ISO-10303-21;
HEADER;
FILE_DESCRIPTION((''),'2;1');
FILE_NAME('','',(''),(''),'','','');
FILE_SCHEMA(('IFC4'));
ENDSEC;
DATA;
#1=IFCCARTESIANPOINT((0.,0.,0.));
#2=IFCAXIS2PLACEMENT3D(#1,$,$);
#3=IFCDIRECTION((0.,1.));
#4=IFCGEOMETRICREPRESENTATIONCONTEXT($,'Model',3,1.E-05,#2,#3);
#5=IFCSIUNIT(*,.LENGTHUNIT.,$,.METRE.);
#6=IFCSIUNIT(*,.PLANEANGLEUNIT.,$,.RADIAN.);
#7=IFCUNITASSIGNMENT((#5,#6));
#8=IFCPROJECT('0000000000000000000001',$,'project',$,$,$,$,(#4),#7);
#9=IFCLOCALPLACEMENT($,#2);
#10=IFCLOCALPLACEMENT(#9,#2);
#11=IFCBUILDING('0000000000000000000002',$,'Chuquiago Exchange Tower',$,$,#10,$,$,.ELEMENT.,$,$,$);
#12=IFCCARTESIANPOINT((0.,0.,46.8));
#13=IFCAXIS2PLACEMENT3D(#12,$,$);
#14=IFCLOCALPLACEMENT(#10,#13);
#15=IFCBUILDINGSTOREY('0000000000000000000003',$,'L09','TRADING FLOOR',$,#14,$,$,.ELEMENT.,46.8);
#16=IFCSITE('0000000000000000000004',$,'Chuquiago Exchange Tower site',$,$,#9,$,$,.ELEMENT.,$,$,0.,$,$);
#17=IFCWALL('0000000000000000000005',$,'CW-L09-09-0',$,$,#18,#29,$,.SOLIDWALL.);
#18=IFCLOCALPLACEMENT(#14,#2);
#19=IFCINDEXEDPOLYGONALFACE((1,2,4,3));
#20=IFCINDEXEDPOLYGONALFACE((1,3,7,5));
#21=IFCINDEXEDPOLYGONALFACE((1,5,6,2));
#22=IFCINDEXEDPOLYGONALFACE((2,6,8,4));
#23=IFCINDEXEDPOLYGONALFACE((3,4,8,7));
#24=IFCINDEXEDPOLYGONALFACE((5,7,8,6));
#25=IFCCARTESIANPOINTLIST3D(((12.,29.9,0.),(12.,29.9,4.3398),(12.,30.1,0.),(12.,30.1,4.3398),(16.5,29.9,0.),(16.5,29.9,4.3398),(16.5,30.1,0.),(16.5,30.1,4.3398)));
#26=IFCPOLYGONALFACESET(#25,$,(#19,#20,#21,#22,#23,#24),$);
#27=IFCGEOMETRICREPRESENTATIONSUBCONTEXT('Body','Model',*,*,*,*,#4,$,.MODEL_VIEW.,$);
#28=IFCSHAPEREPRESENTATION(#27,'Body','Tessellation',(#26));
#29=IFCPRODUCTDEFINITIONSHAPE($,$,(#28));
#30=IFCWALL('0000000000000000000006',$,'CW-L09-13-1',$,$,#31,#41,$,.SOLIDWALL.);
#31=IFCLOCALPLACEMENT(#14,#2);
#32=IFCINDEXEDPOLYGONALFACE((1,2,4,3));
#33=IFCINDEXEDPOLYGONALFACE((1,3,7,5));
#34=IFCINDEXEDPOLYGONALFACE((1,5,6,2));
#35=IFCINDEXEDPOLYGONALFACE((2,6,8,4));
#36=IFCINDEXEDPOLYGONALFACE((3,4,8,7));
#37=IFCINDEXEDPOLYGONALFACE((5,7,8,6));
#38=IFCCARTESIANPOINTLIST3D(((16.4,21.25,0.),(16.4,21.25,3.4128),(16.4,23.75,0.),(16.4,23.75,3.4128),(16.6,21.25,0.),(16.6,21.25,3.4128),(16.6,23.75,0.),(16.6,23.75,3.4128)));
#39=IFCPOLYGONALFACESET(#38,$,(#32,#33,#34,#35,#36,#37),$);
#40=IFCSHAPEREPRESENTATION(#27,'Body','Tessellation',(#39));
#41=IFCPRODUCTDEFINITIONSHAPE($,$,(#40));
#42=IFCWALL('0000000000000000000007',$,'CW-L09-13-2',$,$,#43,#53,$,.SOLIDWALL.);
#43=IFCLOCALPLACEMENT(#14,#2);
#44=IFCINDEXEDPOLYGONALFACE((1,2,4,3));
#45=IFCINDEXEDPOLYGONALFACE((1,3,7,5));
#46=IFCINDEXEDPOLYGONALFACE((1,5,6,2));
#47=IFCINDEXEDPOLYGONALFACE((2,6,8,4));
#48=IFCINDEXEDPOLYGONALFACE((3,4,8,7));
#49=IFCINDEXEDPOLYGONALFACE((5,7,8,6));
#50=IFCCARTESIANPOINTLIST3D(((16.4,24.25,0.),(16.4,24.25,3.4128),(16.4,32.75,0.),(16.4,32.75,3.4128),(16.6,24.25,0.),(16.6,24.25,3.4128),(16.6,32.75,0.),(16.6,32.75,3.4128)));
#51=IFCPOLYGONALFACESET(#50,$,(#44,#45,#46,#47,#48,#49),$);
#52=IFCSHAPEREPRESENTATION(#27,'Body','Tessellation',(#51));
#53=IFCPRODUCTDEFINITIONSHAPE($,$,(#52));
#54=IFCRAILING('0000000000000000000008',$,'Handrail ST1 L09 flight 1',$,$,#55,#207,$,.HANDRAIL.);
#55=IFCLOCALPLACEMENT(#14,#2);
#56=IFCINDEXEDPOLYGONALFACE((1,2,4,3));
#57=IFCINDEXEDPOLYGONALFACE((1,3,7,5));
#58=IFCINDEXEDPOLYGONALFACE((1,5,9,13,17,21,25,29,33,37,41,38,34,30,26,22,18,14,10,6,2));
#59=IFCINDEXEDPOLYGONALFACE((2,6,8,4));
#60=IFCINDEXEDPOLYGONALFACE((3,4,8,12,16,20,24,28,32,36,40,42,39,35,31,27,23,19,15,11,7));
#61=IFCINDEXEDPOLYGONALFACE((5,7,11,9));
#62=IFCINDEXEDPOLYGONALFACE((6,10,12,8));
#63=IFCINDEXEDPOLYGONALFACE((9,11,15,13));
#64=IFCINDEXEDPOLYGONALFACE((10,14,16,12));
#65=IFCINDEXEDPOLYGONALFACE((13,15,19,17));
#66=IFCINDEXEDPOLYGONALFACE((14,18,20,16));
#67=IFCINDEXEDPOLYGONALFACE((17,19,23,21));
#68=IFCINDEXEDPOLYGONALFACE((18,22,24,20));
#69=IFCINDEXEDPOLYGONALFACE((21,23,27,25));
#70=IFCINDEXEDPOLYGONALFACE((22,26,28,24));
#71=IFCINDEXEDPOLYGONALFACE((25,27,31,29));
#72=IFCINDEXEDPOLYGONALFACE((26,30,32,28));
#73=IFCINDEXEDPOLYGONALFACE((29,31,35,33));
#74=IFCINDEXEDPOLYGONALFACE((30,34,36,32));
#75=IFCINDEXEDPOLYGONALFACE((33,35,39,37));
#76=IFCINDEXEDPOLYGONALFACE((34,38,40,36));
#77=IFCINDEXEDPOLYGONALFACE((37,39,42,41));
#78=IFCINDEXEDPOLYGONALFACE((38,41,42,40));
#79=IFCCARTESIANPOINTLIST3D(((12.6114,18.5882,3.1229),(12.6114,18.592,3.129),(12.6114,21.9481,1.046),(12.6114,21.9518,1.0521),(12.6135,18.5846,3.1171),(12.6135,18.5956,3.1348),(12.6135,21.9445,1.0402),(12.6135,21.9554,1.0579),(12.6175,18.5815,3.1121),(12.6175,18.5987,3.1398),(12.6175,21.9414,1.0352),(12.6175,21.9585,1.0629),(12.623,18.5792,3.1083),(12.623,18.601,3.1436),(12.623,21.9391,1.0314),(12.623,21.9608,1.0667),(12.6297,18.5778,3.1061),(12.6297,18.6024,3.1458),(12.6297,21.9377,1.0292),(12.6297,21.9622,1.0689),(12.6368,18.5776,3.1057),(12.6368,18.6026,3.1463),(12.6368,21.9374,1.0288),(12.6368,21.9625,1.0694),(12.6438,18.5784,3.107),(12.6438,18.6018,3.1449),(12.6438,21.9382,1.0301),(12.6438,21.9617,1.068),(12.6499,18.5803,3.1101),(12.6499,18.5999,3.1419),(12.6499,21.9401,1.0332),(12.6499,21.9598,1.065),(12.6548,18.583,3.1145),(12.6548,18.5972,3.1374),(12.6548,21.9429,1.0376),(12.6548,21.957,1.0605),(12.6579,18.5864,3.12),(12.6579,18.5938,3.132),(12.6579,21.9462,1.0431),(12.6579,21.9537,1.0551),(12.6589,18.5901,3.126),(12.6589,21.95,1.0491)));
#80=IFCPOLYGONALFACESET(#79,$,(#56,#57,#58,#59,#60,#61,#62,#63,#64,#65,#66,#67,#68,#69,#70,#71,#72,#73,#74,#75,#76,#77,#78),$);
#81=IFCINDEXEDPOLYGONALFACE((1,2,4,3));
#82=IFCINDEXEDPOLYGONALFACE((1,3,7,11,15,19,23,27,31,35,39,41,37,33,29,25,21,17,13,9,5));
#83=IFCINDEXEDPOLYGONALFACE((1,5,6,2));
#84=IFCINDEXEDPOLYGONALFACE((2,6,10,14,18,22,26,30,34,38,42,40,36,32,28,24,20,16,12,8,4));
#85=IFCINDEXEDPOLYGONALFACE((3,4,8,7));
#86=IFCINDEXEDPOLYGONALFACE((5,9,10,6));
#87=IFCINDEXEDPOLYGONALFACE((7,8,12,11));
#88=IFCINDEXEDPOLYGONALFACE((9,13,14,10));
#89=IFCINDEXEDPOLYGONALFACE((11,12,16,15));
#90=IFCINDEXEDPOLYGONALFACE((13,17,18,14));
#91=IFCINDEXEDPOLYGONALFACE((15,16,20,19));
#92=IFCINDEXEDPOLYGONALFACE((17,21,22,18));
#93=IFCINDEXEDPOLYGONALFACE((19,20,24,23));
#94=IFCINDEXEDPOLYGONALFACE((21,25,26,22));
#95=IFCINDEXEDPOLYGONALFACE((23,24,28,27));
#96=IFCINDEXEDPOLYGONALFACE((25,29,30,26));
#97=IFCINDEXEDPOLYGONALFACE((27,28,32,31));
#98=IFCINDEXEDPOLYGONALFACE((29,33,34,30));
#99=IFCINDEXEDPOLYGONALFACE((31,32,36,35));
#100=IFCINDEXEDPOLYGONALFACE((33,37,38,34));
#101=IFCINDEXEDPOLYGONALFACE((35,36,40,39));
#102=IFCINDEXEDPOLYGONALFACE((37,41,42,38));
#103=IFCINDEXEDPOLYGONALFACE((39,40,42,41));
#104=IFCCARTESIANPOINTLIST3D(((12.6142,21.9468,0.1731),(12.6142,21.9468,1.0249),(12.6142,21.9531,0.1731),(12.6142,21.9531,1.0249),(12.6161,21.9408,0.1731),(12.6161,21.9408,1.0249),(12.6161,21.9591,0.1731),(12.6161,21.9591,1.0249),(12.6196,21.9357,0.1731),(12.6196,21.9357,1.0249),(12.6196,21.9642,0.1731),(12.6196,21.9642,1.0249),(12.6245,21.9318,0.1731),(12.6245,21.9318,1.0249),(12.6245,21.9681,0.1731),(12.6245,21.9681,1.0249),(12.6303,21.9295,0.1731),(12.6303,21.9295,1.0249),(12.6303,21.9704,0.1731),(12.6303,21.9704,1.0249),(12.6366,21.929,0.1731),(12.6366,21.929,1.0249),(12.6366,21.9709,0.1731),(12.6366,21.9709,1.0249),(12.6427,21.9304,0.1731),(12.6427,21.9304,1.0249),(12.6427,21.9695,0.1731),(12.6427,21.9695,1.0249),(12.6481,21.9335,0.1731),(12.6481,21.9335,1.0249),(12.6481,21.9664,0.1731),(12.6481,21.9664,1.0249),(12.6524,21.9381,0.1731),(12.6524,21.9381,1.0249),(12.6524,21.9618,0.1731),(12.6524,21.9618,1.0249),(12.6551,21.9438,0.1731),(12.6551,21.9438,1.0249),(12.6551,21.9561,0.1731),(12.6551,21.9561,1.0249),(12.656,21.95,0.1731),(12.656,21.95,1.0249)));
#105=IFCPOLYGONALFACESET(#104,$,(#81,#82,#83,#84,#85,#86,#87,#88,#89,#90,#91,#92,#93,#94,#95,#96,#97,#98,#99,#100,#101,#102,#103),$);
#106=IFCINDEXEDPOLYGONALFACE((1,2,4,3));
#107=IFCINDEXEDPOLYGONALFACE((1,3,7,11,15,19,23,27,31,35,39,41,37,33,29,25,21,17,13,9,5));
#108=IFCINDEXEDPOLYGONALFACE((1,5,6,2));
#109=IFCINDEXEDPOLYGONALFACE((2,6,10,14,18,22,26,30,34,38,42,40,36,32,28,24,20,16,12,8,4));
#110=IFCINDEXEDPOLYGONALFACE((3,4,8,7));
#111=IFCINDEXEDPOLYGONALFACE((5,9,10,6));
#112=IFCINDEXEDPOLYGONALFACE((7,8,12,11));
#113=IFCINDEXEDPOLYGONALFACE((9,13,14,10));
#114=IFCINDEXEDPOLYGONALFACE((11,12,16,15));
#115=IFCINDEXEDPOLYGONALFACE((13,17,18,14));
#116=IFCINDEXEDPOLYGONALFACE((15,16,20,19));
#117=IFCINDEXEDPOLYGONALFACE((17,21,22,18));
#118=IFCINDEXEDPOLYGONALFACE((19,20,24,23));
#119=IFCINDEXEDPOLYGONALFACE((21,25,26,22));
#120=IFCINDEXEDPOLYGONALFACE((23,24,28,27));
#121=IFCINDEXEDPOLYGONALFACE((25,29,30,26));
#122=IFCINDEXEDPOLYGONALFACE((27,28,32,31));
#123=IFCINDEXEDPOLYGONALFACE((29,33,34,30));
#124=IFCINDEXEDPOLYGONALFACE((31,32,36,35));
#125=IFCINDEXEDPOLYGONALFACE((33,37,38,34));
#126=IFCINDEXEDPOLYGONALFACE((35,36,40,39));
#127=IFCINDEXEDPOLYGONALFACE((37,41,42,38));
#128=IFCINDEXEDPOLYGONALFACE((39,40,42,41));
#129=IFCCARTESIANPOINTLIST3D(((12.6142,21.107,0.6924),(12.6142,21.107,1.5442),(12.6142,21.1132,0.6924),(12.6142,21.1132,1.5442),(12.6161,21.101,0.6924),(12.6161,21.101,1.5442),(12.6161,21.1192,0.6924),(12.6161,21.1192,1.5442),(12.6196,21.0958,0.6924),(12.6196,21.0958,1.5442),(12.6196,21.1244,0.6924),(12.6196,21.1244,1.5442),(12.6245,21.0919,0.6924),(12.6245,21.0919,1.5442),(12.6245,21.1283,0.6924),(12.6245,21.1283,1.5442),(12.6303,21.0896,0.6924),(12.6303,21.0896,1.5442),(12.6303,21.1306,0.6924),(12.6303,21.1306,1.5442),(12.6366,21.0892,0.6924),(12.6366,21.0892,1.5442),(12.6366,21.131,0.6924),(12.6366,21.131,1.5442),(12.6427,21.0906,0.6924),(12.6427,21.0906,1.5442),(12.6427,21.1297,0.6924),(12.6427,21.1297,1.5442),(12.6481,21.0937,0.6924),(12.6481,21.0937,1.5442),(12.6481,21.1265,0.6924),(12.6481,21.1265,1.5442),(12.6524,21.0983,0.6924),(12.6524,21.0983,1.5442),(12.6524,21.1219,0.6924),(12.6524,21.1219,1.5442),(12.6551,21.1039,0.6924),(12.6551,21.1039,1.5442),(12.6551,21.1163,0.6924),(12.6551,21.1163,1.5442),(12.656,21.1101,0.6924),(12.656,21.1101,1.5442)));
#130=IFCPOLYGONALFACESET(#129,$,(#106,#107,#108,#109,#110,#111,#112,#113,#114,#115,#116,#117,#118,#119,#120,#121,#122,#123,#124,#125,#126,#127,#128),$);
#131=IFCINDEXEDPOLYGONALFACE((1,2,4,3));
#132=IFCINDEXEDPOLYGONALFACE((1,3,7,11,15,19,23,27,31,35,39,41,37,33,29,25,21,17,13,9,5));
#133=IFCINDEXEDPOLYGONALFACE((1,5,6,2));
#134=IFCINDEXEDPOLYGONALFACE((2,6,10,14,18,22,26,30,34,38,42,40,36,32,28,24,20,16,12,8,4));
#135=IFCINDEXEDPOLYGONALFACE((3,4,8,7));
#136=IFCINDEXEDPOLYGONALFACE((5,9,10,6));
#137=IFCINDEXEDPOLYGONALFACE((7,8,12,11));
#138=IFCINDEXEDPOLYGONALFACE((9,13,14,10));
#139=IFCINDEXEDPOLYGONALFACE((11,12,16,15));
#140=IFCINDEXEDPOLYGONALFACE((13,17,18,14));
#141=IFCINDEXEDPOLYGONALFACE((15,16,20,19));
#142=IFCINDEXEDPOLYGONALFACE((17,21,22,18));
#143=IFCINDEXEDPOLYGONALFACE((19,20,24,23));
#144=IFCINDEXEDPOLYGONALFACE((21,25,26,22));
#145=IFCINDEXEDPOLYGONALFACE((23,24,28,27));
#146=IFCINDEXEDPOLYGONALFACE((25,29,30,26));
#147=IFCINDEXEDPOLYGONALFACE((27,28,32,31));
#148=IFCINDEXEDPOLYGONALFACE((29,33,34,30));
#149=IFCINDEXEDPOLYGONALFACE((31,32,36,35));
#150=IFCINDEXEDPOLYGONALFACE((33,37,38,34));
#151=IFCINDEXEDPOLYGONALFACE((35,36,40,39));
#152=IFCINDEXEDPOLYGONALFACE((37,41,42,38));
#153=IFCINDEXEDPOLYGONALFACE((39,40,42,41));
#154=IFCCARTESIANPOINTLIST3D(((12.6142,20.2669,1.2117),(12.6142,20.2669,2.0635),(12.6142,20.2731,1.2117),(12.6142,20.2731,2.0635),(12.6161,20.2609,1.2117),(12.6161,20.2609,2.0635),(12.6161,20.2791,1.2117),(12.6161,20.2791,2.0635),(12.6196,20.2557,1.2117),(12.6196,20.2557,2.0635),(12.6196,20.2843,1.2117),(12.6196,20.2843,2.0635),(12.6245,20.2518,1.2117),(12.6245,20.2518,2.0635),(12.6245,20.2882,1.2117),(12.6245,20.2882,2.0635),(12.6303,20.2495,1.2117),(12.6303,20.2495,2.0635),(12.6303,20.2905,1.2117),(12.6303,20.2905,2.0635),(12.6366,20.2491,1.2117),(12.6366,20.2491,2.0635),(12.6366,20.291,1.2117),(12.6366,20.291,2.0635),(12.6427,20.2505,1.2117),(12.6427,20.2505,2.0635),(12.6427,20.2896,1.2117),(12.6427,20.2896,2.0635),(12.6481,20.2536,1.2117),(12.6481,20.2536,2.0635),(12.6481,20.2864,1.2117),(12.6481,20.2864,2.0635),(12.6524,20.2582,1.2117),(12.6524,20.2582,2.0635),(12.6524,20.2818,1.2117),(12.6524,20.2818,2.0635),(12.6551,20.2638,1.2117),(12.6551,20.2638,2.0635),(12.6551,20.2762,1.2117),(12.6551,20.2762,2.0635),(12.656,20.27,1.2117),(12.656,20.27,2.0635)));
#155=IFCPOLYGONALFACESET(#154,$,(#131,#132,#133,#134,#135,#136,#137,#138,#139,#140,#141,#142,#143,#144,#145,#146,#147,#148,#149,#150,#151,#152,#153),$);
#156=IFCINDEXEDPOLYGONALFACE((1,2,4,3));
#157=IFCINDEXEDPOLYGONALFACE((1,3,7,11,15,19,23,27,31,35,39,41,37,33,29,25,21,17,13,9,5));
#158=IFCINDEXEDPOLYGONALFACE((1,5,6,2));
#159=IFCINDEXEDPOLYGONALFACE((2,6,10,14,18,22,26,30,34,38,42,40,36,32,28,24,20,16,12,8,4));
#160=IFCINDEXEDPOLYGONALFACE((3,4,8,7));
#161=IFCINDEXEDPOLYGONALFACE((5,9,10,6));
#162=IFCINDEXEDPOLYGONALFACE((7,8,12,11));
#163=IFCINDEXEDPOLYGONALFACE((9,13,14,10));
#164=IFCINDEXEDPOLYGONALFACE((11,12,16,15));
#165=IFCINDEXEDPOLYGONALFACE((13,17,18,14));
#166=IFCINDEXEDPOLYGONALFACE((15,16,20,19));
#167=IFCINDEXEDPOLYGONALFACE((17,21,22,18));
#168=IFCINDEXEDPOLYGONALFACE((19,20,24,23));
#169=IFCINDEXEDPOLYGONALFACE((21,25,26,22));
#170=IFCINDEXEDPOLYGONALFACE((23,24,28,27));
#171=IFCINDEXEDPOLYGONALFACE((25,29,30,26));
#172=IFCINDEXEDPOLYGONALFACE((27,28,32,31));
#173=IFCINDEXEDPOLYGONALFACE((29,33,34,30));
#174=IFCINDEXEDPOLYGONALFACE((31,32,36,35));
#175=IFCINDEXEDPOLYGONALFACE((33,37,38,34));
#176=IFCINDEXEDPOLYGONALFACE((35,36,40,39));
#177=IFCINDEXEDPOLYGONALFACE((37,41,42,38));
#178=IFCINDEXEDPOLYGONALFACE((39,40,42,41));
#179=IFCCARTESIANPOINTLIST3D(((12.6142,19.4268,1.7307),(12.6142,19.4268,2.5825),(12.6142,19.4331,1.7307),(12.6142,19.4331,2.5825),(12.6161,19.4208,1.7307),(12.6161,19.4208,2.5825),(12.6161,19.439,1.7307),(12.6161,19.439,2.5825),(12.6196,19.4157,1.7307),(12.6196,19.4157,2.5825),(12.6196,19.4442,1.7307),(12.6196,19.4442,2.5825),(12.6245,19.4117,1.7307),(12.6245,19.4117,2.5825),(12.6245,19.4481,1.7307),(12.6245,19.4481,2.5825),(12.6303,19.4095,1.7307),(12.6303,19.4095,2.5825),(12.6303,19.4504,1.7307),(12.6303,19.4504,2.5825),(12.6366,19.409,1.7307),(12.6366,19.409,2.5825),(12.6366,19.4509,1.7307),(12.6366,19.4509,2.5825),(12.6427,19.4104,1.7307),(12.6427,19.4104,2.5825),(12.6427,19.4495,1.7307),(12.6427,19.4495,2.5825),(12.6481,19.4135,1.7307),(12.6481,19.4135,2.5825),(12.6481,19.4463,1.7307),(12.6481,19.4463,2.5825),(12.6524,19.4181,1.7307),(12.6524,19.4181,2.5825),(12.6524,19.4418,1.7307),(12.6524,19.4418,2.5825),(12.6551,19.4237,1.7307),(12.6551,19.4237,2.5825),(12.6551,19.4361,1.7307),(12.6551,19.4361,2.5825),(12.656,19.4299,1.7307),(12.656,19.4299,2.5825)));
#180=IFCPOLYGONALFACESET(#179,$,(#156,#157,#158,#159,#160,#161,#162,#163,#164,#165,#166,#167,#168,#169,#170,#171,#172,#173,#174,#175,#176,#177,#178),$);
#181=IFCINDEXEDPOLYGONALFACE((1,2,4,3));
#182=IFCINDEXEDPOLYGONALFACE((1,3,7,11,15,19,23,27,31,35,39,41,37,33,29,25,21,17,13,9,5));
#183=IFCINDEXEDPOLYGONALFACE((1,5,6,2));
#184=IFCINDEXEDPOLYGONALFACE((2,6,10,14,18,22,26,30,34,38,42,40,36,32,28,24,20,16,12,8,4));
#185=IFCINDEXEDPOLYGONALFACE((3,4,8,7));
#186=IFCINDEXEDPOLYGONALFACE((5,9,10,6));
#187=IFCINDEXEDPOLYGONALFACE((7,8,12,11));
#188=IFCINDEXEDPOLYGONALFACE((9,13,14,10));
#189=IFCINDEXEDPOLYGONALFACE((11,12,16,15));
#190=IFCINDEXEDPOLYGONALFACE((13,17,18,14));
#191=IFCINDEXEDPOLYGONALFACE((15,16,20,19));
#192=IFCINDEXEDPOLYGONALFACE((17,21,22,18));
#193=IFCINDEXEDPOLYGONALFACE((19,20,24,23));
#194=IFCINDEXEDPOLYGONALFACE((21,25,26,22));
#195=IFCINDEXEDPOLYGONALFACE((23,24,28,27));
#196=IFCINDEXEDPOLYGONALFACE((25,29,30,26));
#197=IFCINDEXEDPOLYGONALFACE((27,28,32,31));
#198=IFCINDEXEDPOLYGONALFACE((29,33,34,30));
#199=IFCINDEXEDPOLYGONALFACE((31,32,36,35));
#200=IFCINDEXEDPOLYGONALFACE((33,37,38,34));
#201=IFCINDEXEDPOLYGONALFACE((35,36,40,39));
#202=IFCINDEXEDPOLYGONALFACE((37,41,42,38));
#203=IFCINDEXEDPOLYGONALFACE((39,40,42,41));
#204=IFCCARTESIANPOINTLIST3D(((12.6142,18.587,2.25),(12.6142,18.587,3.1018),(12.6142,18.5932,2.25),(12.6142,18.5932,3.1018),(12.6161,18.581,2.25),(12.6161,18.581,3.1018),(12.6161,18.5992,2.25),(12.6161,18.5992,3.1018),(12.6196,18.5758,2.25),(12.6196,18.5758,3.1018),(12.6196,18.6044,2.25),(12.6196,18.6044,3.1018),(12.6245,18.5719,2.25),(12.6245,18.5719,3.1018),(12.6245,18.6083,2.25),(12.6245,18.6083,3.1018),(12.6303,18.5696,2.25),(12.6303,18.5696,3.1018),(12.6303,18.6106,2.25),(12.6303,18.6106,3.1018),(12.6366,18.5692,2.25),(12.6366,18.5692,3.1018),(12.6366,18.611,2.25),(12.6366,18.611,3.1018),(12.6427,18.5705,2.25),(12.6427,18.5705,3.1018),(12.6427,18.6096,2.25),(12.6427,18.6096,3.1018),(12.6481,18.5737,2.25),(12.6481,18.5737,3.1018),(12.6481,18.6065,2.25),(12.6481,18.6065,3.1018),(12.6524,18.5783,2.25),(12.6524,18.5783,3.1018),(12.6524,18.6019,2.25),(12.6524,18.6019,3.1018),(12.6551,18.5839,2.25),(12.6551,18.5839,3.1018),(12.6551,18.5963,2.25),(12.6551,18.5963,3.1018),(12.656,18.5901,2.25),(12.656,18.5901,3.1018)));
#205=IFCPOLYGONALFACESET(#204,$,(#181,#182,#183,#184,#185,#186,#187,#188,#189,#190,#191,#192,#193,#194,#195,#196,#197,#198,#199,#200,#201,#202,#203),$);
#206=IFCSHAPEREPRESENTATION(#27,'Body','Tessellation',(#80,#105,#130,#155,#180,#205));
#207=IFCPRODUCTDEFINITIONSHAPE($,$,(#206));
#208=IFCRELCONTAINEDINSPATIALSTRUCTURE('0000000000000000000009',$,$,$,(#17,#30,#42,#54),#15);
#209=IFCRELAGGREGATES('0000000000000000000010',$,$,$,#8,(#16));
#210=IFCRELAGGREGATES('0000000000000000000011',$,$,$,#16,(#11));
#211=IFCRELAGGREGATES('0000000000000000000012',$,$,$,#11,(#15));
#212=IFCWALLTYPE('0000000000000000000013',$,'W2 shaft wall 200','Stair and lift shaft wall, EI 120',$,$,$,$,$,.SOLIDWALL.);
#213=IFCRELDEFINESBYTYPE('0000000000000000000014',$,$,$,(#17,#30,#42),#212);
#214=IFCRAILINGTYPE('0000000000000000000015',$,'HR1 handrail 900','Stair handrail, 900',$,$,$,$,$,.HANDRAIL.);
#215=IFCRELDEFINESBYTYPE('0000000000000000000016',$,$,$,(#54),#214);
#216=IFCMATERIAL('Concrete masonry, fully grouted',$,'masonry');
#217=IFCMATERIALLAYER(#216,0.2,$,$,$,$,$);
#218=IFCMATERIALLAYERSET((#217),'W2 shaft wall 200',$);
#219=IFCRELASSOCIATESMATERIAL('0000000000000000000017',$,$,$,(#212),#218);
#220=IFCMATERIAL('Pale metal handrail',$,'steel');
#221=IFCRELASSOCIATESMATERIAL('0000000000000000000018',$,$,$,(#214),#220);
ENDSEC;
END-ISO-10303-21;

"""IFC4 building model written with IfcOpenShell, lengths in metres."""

from ifc_helpers import new_model, si_unit, direction, frame, frame_2d, origin, origin_2d, place, context, subcontext, project, spatial, rectangle, circle, extrude, material, layer, layer_set, type_object, element, save


model = new_model("IFC4")

# Units and contexts
model_context = context("Model", 3, precision=1e-05, world=origin(), true_north=direction((0.0, 1.0)))
body_context = subcontext(model_context, "Body", "Model", "MODEL_VIEW")
ifc_project = project(units=[si_unit("LENGTHUNIT", "METRE"), si_unit("PLANEANGLEUNIT", "RADIAN")], contexts=[model_context])

# Site, building, storey
site_placement = place(None, origin())
site = spatial("IfcSite", under=ifc_project, at=site_placement, Name="Chuquiago Exchange Tower site", CompositionType="ELEMENT", RefElevation=0.0)
building_placement = place(site_placement, origin())
building = spatial("IfcBuilding", under=site, at=building_placement, Name="Chuquiago Exchange Tower", CompositionType="ELEMENT")
storey_placement = place(building_placement, frame((0.0, 0.0, 46.8)))
storey = spatial("IfcBuildingStorey", under=building, at=storey_placement, Name="L09", Description="TRADING FLOOR", CompositionType="ELEMENT", Elevation=46.8)

# Shared definitions
ifc_material_1 = material(Name="Concrete masonry, fully grouted", Category="masonry")
ifc_layer_1 = layer(ifc_material_1, 0.2)
ifc_layer_set_1 = layer_set([ifc_layer_1], Name="W2 shaft wall 200")
wall_type_1 = type_object("IfcWallType", Name="W2 shaft wall 200", Description="Stair and lift shaft wall, EI 120", PredefinedType="SOLIDWALL", material=ifc_layer_set_1)

# Walls
wall_1_placement = place(storey_placement, frame((12.0, 30.0, 0.0), z_axis=(0.0, 0.0, 1.0), x_axis=(1.0, 0.0, 0.0)))
element("IfcWall", 1, at=wall_1_placement, inside=storey, type_object=wall_type_1, Name="CW-L09-09-0", PredefinedType="SOLIDWALL", context=body_context, shape_type="SweptSolid", body=[
    extrude(rectangle(XDim=4.5, YDim=0.2, at=frame_2d((2.25, 0.0))), origin(), (0.0, 0.0, 1.0), 4.3398),
])
wall_2_placement = place(storey_placement, frame((16.5, 21.25, 0.0), z_axis=(0.0, 0.0, 1.0), x_axis=(0.0, 1.0, 0.0)))
element("IfcWall", 2, at=wall_2_placement, inside=storey, type_object=wall_type_1, Name="CW-L09-13-1", PredefinedType="SOLIDWALL", context=body_context, shape_type="SweptSolid", body=[
    extrude(rectangle(XDim=2.5, YDim=0.2, at=frame_2d((1.25, 0.0))), origin(), (0.0, 0.0, 1.0), 3.4128),
])
wall_3_placement = place(storey_placement, frame((16.5, 24.25, 0.0), z_axis=(0.0, 0.0, 1.0), x_axis=(0.0, 1.0, 0.0)))
element("IfcWall", 3, at=wall_3_placement, inside=storey, type_object=wall_type_1, Name="CW-L09-13-2", PredefinedType="SOLIDWALL", context=body_context, shape_type="SweptSolid", body=[
    extrude(rectangle(XDim=8.5, YDim=0.2, at=frame_2d((4.25, 0.0))), origin(), (0.0, 0.0, 1.0), 3.4128),
])

# Railing
ifc_material_2 = material(Name="Pale metal handrail", Category="steel")
railing_type = type_object("IfcRailingType", Name="HR1 handrail 900", Description="Stair handrail, 900", PredefinedType="HANDRAIL", material=ifc_material_2)
for number, where, name in (
    (4, (12.635, 21.95, 0.1731), "Handrail ST1 L09 flight 1"),
):
    element("IfcRailing", number, at=place(storey_placement, frame(where)), inside=storey, type_object=railing_type, Name=name, PredefinedType="HANDRAIL", context=body_context, shape_type="SweptSolid", body=[
        extrude(circle(Radius=0.0239, at=origin_2d()), frame((0.0, 0.0, 0.876), z_axis=(0.0, -0.850606, 0.525803), x_axis=(1.0, 0.0, 0.0)), (0.0, 0.0, 1.0), 3.95),
        extrude(circle(Radius=0.021, at=origin_2d()), origin(), (0.0, 0.0, 1.0), 0.8518),
        extrude(circle(Radius=0.021, at=origin_2d()), frame((0.0, -0.8398, 0.5193)), (0.0, 0.0, 1.0), 0.8518),
        extrude(circle(Radius=0.021, at=origin_2d()), frame((0.0, -1.6799, 1.0386)), (0.0, 0.0, 1.0), 0.8518),
        extrude(circle(Radius=0.021, at=origin_2d()), frame((0.0, -2.52, 1.5576)), (0.0, 0.0, 1.0), 0.8518),
        extrude(circle(Radius=0.021, at=origin_2d()), frame((0.0, -3.3599, 2.0769)), (0.0, 0.0, 1.0), 0.8518),
    ])

save(model, "model.ifc")
